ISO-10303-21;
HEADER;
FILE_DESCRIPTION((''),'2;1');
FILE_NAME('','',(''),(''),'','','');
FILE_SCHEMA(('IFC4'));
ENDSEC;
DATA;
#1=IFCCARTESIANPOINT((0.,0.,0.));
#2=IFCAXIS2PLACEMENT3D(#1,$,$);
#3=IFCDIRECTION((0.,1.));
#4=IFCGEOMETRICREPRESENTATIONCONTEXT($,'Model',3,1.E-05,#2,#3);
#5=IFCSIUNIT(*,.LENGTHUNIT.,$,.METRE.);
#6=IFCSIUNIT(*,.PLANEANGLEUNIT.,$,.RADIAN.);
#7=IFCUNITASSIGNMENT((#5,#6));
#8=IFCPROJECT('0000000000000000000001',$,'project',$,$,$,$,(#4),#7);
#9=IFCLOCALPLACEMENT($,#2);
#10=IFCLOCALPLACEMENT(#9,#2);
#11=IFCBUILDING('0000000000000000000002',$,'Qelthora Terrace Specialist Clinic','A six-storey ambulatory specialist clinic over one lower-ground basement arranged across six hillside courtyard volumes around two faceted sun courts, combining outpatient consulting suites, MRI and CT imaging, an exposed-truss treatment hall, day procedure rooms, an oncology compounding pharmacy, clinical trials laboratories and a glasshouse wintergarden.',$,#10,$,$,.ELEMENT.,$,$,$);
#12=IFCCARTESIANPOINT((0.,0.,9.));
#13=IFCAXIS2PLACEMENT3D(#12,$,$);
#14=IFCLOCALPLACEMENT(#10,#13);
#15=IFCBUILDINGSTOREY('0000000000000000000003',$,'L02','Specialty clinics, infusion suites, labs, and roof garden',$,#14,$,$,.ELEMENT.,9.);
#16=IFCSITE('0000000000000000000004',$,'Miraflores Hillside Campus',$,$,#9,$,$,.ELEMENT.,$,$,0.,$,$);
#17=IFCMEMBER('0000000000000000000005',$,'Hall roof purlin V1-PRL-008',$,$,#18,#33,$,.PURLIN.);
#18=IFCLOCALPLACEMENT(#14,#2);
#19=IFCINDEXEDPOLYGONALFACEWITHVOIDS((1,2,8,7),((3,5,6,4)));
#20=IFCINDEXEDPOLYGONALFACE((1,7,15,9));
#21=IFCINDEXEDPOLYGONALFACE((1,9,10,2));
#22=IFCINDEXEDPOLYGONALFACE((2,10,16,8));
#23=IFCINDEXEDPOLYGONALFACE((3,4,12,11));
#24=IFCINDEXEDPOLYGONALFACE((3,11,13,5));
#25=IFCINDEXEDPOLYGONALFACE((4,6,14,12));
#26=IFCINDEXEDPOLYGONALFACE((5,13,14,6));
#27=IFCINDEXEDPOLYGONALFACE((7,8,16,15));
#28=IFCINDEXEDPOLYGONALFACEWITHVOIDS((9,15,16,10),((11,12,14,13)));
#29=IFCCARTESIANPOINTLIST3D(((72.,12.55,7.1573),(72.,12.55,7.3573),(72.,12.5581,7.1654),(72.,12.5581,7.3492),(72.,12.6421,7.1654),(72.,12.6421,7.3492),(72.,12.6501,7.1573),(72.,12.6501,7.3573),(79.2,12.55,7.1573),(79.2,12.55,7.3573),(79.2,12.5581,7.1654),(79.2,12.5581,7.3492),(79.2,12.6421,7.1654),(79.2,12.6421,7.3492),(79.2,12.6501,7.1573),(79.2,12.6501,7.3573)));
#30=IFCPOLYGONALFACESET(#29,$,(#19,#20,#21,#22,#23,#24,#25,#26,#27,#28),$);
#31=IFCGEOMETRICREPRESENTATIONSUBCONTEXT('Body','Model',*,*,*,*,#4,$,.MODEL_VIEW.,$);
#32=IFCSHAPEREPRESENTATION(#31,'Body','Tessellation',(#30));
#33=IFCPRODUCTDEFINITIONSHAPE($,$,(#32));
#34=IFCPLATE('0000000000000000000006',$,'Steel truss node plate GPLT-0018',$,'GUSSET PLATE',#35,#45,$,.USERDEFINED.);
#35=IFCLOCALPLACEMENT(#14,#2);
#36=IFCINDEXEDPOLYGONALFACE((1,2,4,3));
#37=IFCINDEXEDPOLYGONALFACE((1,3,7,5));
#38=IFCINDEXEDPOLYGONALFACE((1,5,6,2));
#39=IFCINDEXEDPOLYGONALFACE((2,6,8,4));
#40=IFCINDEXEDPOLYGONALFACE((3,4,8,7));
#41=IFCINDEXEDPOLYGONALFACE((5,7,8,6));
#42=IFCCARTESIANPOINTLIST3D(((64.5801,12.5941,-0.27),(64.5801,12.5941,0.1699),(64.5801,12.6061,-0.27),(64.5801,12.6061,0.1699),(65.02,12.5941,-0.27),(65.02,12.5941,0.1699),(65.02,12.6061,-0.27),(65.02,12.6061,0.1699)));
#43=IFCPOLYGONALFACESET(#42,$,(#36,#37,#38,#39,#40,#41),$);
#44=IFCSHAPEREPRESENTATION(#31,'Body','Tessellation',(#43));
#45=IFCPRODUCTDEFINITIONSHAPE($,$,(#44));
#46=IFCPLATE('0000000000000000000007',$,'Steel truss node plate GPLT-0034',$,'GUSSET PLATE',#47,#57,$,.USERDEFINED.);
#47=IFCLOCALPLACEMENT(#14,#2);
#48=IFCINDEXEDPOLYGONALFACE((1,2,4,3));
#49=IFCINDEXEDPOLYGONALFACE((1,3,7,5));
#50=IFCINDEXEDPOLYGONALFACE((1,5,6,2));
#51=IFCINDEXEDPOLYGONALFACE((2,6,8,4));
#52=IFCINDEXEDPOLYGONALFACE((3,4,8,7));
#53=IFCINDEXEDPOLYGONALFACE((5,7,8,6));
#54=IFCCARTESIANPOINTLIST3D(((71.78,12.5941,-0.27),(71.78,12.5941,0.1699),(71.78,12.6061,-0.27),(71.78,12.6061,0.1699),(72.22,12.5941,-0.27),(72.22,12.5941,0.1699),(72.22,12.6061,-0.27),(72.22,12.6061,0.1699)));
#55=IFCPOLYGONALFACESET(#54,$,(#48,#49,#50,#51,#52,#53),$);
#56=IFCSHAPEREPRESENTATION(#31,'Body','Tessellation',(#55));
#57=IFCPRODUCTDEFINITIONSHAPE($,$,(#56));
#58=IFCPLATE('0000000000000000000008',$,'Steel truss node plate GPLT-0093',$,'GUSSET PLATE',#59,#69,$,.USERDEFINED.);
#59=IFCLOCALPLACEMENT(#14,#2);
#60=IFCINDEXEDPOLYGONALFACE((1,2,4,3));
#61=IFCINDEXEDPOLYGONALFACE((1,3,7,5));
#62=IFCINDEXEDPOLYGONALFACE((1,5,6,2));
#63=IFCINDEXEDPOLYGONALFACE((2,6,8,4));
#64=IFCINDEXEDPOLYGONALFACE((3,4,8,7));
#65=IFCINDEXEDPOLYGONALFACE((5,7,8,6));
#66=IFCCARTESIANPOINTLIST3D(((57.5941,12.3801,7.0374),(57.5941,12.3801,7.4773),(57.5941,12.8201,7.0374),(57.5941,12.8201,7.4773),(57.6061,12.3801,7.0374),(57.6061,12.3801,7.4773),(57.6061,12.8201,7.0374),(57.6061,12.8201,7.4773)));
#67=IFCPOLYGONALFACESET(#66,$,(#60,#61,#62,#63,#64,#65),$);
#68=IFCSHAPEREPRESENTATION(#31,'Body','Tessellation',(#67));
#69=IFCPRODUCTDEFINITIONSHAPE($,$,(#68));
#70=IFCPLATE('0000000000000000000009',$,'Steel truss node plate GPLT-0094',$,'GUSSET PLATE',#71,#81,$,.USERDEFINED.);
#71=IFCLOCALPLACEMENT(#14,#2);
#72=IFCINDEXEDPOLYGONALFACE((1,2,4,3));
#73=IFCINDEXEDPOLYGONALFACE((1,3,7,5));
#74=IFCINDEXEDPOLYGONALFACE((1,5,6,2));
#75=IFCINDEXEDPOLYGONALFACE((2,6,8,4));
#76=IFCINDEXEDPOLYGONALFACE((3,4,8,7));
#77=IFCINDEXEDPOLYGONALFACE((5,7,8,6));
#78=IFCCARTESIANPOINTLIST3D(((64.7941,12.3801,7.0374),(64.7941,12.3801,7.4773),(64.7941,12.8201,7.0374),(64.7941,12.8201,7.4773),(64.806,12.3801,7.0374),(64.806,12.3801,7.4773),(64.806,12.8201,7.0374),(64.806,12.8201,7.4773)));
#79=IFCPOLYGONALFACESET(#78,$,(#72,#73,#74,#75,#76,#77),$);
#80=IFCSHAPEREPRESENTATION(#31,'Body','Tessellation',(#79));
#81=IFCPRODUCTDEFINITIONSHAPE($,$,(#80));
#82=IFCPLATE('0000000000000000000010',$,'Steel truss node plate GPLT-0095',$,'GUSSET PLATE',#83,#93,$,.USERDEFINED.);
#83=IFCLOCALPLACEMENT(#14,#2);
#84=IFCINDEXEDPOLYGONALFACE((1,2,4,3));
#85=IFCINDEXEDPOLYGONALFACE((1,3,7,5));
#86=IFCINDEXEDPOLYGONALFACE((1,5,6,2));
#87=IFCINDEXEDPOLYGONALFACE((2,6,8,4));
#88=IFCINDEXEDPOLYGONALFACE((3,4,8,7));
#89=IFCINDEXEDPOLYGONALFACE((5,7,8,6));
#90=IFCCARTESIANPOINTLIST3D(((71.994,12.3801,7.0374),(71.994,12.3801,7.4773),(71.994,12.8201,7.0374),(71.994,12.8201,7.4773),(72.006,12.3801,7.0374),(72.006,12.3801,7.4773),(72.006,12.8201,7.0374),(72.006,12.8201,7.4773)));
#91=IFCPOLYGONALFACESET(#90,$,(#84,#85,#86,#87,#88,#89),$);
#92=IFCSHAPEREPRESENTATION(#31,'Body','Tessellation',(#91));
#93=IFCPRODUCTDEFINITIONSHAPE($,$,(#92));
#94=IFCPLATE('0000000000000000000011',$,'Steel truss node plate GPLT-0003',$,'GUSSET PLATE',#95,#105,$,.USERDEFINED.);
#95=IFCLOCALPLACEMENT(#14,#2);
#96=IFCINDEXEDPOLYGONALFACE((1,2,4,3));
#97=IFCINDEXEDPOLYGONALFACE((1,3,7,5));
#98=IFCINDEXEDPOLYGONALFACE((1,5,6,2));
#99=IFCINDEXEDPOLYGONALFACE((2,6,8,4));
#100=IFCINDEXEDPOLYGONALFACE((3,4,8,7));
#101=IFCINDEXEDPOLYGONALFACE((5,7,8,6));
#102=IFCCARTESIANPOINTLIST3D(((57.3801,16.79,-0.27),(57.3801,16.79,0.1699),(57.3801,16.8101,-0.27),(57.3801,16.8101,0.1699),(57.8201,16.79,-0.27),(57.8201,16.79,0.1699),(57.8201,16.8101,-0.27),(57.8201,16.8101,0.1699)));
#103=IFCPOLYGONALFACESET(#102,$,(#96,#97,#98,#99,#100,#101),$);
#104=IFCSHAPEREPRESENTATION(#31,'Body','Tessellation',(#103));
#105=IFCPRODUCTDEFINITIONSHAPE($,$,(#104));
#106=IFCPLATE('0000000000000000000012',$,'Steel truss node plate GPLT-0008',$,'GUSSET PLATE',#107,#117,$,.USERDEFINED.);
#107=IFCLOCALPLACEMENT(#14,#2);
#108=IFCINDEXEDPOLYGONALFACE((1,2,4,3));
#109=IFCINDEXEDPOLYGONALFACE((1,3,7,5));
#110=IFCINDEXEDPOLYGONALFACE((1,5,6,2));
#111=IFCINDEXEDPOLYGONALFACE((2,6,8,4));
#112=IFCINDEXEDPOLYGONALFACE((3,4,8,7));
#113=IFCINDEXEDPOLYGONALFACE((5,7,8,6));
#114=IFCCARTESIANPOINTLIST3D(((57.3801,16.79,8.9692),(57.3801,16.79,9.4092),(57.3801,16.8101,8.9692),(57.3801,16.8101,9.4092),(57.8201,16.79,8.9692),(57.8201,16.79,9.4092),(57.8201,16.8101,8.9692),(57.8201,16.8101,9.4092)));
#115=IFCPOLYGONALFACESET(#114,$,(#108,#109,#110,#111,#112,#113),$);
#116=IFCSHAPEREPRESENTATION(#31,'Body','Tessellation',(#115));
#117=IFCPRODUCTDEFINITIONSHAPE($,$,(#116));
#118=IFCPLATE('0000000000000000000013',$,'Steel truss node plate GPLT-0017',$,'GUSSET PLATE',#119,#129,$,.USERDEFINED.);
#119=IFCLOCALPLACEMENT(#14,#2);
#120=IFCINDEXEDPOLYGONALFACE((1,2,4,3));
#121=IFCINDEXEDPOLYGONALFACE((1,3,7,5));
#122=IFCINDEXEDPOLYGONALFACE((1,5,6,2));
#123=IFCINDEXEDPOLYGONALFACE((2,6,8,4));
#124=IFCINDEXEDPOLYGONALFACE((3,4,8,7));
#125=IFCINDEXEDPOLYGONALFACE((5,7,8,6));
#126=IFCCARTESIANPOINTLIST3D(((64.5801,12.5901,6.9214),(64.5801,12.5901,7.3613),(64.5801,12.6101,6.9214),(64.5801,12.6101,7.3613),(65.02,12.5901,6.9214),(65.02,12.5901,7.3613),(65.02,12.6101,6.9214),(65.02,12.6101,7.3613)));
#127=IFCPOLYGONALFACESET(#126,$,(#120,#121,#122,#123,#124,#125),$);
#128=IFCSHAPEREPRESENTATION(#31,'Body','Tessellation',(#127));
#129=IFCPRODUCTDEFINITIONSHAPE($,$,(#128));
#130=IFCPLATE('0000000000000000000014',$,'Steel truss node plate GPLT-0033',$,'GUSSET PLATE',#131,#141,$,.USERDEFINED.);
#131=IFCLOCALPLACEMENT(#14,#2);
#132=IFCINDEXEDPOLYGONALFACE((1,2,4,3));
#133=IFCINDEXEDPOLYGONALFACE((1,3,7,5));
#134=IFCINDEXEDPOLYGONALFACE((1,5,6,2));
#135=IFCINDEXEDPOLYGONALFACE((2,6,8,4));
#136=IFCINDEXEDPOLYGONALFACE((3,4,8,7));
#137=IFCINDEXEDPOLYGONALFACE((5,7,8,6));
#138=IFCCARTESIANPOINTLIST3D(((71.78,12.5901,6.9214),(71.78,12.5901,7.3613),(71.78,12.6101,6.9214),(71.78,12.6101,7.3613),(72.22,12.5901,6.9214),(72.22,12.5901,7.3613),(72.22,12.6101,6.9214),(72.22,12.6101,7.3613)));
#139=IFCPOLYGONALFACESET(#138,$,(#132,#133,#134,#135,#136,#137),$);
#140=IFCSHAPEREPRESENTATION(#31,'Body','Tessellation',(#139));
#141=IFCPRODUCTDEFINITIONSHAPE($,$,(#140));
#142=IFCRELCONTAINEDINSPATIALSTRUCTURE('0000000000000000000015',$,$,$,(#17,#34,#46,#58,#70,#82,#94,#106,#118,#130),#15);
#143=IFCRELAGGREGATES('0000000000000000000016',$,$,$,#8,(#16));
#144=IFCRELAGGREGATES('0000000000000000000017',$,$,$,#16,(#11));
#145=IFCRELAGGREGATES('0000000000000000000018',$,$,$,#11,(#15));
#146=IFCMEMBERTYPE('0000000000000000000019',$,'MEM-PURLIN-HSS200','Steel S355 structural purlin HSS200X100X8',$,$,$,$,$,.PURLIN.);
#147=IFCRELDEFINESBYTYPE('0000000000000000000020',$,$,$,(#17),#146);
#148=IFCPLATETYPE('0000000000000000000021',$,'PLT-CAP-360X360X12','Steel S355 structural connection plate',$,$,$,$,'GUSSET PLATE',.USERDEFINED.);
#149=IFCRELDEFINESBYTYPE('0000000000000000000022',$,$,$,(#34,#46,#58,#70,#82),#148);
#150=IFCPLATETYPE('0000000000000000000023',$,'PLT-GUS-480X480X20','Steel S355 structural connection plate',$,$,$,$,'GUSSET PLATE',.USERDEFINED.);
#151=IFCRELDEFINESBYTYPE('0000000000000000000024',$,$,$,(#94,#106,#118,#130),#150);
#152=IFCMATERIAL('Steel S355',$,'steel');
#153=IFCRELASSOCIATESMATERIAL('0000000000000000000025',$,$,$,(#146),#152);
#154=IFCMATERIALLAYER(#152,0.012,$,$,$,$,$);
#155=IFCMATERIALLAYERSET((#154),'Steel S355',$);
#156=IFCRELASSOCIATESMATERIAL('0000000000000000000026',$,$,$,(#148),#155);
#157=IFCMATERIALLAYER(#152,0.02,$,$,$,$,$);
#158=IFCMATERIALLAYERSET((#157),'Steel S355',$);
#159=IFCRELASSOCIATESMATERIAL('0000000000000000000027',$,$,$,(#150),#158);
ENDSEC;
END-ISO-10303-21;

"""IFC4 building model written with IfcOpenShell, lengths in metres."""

from ifc_helpers import new_model, si_unit, direction, frame, origin, origin_2d, place, context, subcontext, project, spatial, rectangle, hollow_rectangle, extrude, material, layer, layer_set, material_profile, profile_set, type_object, element, save


model = new_model("IFC4")

# Units and contexts
model_context = context("Model", 3, precision=1e-05, world=origin(), true_north=direction((0.0, 1.0)))
body_context = subcontext(model_context, "Body", "Model", "MODEL_VIEW")
ifc_project = project(units=[si_unit("LENGTHUNIT", "METRE"), si_unit("PLANEANGLEUNIT", "RADIAN")], contexts=[model_context])

# Site, building, storey
site_placement = place(None, origin())
site = spatial("IfcSite", under=ifc_project, at=site_placement, Name="Miraflores Hillside Campus", CompositionType="ELEMENT", RefElevation=0.0)
building_placement = place(site_placement, origin())
building = spatial("IfcBuilding", under=site, at=building_placement, Name="Qelthora Terrace Specialist Clinic", Description="A six-storey ambulatory specialist clinic over one lower-ground basement arranged across six hillside courtyard volumes around two faceted sun courts, combining outpatient consulting suites, MRI and CT imaging, an exposed-truss treatment hall, day procedure rooms, an oncology compounding pharmacy, clinical trials laboratories and a glasshouse wintergarden.", CompositionType="ELEMENT")
storey_placement = place(building_placement, frame((0.0, 0.0, 9.0)))
storey = spatial("IfcBuildingStorey", under=building, at=storey_placement, Name="L02", Description="Specialty clinics, infusion suites, labs, and roof garden", CompositionType="ELEMENT", Elevation=9.0)

# Shared definitions
ifc_material = material(Name="Steel S355", Category="steel")

# Member
ifc_material_profile_1 = material_profile(ifc_material, hollow_rectangle(XDim=0.1001, YDim=0.2, WallThickness=0.0081, at=origin_2d()), Name="HSS200X100X8")
ifc_profile_set_1 = profile_set([ifc_material_profile_1], Name="Steel S355")
member_type_1 = type_object("IfcMemberType", Name="MEM-PURLIN-HSS200", Description="Steel S355 structural purlin HSS200X100X8", PredefinedType="PURLIN", material=ifc_profile_set_1)
for number, where, z_axis, x_axis, name in (
    (1, (72.0, 12.6001, 7.2573), (1.0, 0.0, 0.0), (0.0, 1.0, 0.0), "Hall roof purlin V1-PRL-008"),
):
    element("IfcMember", number, at=place(storey_placement, frame(where, z_axis=z_axis, x_axis=x_axis)), inside=storey, type_object=member_type_1, Name=name, PredefinedType="PURLIN", context=body_context, shape_type="SweptSolid", body=[
        extrude(hollow_rectangle(XDim=0.1001, YDim=0.2, WallThickness=0.0081, at=origin_2d()), origin(), (0.0, 0.0, 1.0), 7.2),
    ])

# Plates
ifc_layer_1 = layer(ifc_material, 0.012)
ifc_layer_set_1 = layer_set([ifc_layer_1], Name="Steel S355")
plate_type_1 = type_object("IfcPlateType", Name="PLT-CAP-360X360X12", Description="Steel S355 structural connection plate", ElementType="GUSSET PLATE", PredefinedType="USERDEFINED", material=ifc_layer_set_1)
for number, where, z_axis, x_axis, name in (
    (2, (64.8, 12.6001, -0.27), (0.0, 0.0, 1.0), (1.0, 0.0, 0.0), "Steel truss node plate GPLT-0018"),
    (3, (72.0, 12.6001, -0.27), (0.0, 0.0, 1.0), (1.0, 0.0, 0.0), "Steel truss node plate GPLT-0034"),
):
    element("IfcPlate", number, at=place(storey_placement, frame(where, z_axis=z_axis, x_axis=x_axis)), inside=storey, type_object=plate_type_1, Name=name, ObjectType="GUSSET PLATE", PredefinedType="USERDEFINED", context=body_context, shape_type="SweptSolid", body=[
        extrude(rectangle(XDim=0.4399, YDim=0.012, at=origin_2d()), origin(), (0.0, 0.0, 1.0), 0.4399),
    ])
for number, where, z_axis, x_axis, name in (
    (4, (57.6001, 12.6001, 7.0374), (0.0, 0.0, 1.0), (1.0, 0.0, 0.0), "Steel truss node plate GPLT-0093"),
    (5, (64.8, 12.6001, 7.0374), (0.0, 0.0, 1.0), (1.0, 0.0, 0.0), "Steel truss node plate GPLT-0094"),
    (6, (72.0, 12.6001, 7.0374), (0.0, 0.0, 1.0), (1.0, 0.0, 0.0), "Steel truss node plate GPLT-0095"),
):
    element("IfcPlate", number, at=place(storey_placement, frame(where, z_axis=z_axis, x_axis=x_axis)), inside=storey, type_object=plate_type_1, Name=name, ObjectType="GUSSET PLATE", PredefinedType="USERDEFINED", context=body_context, shape_type="SweptSolid", body=[
        extrude(rectangle(XDim=0.012, YDim=0.4399, at=origin_2d()), origin(), (0.0, 0.0, 1.0), 0.4399),
    ])
ifc_layer_2 = layer(ifc_material, 0.02)
ifc_layer_set_2 = layer_set([ifc_layer_2], Name="Steel S355")
plate_type_2 = type_object("IfcPlateType", Name="PLT-GUS-480X480X20", Description="Steel S355 structural connection plate", ElementType="GUSSET PLATE", PredefinedType="USERDEFINED", material=ifc_layer_set_2)
for number, where, z_axis, x_axis, name in (
    (7, (57.6001, 16.8, -0.27), (0.0, 0.0, 1.0), (1.0, 0.0, 0.0), "Steel truss node plate GPLT-0003"),
    (8, (57.6001, 16.8, 8.9692), (0.0, 0.0, 1.0), (1.0, 0.0, 0.0), "Steel truss node plate GPLT-0008"),
    (9, (64.8, 12.6001, 6.9214), (0.0, 0.0, 1.0), (1.0, 0.0, 0.0), "Steel truss node plate GPLT-0017"),
    (10, (72.0, 12.6001, 6.9214), (0.0, 0.0, 1.0), (1.0, 0.0, 0.0), "Steel truss node plate GPLT-0033"),
):
    element("IfcPlate", number, at=place(storey_placement, frame(where, z_axis=z_axis, x_axis=x_axis)), inside=storey, type_object=plate_type_2, Name=name, ObjectType="GUSSET PLATE", PredefinedType="USERDEFINED", context=body_context, shape_type="SweptSolid", body=[
        extrude(rectangle(XDim=0.4399, YDim=0.02, at=origin_2d()), origin(), (0.0, 0.0, 1.0), 0.4399),
    ])

save(model, "model.ifc")
